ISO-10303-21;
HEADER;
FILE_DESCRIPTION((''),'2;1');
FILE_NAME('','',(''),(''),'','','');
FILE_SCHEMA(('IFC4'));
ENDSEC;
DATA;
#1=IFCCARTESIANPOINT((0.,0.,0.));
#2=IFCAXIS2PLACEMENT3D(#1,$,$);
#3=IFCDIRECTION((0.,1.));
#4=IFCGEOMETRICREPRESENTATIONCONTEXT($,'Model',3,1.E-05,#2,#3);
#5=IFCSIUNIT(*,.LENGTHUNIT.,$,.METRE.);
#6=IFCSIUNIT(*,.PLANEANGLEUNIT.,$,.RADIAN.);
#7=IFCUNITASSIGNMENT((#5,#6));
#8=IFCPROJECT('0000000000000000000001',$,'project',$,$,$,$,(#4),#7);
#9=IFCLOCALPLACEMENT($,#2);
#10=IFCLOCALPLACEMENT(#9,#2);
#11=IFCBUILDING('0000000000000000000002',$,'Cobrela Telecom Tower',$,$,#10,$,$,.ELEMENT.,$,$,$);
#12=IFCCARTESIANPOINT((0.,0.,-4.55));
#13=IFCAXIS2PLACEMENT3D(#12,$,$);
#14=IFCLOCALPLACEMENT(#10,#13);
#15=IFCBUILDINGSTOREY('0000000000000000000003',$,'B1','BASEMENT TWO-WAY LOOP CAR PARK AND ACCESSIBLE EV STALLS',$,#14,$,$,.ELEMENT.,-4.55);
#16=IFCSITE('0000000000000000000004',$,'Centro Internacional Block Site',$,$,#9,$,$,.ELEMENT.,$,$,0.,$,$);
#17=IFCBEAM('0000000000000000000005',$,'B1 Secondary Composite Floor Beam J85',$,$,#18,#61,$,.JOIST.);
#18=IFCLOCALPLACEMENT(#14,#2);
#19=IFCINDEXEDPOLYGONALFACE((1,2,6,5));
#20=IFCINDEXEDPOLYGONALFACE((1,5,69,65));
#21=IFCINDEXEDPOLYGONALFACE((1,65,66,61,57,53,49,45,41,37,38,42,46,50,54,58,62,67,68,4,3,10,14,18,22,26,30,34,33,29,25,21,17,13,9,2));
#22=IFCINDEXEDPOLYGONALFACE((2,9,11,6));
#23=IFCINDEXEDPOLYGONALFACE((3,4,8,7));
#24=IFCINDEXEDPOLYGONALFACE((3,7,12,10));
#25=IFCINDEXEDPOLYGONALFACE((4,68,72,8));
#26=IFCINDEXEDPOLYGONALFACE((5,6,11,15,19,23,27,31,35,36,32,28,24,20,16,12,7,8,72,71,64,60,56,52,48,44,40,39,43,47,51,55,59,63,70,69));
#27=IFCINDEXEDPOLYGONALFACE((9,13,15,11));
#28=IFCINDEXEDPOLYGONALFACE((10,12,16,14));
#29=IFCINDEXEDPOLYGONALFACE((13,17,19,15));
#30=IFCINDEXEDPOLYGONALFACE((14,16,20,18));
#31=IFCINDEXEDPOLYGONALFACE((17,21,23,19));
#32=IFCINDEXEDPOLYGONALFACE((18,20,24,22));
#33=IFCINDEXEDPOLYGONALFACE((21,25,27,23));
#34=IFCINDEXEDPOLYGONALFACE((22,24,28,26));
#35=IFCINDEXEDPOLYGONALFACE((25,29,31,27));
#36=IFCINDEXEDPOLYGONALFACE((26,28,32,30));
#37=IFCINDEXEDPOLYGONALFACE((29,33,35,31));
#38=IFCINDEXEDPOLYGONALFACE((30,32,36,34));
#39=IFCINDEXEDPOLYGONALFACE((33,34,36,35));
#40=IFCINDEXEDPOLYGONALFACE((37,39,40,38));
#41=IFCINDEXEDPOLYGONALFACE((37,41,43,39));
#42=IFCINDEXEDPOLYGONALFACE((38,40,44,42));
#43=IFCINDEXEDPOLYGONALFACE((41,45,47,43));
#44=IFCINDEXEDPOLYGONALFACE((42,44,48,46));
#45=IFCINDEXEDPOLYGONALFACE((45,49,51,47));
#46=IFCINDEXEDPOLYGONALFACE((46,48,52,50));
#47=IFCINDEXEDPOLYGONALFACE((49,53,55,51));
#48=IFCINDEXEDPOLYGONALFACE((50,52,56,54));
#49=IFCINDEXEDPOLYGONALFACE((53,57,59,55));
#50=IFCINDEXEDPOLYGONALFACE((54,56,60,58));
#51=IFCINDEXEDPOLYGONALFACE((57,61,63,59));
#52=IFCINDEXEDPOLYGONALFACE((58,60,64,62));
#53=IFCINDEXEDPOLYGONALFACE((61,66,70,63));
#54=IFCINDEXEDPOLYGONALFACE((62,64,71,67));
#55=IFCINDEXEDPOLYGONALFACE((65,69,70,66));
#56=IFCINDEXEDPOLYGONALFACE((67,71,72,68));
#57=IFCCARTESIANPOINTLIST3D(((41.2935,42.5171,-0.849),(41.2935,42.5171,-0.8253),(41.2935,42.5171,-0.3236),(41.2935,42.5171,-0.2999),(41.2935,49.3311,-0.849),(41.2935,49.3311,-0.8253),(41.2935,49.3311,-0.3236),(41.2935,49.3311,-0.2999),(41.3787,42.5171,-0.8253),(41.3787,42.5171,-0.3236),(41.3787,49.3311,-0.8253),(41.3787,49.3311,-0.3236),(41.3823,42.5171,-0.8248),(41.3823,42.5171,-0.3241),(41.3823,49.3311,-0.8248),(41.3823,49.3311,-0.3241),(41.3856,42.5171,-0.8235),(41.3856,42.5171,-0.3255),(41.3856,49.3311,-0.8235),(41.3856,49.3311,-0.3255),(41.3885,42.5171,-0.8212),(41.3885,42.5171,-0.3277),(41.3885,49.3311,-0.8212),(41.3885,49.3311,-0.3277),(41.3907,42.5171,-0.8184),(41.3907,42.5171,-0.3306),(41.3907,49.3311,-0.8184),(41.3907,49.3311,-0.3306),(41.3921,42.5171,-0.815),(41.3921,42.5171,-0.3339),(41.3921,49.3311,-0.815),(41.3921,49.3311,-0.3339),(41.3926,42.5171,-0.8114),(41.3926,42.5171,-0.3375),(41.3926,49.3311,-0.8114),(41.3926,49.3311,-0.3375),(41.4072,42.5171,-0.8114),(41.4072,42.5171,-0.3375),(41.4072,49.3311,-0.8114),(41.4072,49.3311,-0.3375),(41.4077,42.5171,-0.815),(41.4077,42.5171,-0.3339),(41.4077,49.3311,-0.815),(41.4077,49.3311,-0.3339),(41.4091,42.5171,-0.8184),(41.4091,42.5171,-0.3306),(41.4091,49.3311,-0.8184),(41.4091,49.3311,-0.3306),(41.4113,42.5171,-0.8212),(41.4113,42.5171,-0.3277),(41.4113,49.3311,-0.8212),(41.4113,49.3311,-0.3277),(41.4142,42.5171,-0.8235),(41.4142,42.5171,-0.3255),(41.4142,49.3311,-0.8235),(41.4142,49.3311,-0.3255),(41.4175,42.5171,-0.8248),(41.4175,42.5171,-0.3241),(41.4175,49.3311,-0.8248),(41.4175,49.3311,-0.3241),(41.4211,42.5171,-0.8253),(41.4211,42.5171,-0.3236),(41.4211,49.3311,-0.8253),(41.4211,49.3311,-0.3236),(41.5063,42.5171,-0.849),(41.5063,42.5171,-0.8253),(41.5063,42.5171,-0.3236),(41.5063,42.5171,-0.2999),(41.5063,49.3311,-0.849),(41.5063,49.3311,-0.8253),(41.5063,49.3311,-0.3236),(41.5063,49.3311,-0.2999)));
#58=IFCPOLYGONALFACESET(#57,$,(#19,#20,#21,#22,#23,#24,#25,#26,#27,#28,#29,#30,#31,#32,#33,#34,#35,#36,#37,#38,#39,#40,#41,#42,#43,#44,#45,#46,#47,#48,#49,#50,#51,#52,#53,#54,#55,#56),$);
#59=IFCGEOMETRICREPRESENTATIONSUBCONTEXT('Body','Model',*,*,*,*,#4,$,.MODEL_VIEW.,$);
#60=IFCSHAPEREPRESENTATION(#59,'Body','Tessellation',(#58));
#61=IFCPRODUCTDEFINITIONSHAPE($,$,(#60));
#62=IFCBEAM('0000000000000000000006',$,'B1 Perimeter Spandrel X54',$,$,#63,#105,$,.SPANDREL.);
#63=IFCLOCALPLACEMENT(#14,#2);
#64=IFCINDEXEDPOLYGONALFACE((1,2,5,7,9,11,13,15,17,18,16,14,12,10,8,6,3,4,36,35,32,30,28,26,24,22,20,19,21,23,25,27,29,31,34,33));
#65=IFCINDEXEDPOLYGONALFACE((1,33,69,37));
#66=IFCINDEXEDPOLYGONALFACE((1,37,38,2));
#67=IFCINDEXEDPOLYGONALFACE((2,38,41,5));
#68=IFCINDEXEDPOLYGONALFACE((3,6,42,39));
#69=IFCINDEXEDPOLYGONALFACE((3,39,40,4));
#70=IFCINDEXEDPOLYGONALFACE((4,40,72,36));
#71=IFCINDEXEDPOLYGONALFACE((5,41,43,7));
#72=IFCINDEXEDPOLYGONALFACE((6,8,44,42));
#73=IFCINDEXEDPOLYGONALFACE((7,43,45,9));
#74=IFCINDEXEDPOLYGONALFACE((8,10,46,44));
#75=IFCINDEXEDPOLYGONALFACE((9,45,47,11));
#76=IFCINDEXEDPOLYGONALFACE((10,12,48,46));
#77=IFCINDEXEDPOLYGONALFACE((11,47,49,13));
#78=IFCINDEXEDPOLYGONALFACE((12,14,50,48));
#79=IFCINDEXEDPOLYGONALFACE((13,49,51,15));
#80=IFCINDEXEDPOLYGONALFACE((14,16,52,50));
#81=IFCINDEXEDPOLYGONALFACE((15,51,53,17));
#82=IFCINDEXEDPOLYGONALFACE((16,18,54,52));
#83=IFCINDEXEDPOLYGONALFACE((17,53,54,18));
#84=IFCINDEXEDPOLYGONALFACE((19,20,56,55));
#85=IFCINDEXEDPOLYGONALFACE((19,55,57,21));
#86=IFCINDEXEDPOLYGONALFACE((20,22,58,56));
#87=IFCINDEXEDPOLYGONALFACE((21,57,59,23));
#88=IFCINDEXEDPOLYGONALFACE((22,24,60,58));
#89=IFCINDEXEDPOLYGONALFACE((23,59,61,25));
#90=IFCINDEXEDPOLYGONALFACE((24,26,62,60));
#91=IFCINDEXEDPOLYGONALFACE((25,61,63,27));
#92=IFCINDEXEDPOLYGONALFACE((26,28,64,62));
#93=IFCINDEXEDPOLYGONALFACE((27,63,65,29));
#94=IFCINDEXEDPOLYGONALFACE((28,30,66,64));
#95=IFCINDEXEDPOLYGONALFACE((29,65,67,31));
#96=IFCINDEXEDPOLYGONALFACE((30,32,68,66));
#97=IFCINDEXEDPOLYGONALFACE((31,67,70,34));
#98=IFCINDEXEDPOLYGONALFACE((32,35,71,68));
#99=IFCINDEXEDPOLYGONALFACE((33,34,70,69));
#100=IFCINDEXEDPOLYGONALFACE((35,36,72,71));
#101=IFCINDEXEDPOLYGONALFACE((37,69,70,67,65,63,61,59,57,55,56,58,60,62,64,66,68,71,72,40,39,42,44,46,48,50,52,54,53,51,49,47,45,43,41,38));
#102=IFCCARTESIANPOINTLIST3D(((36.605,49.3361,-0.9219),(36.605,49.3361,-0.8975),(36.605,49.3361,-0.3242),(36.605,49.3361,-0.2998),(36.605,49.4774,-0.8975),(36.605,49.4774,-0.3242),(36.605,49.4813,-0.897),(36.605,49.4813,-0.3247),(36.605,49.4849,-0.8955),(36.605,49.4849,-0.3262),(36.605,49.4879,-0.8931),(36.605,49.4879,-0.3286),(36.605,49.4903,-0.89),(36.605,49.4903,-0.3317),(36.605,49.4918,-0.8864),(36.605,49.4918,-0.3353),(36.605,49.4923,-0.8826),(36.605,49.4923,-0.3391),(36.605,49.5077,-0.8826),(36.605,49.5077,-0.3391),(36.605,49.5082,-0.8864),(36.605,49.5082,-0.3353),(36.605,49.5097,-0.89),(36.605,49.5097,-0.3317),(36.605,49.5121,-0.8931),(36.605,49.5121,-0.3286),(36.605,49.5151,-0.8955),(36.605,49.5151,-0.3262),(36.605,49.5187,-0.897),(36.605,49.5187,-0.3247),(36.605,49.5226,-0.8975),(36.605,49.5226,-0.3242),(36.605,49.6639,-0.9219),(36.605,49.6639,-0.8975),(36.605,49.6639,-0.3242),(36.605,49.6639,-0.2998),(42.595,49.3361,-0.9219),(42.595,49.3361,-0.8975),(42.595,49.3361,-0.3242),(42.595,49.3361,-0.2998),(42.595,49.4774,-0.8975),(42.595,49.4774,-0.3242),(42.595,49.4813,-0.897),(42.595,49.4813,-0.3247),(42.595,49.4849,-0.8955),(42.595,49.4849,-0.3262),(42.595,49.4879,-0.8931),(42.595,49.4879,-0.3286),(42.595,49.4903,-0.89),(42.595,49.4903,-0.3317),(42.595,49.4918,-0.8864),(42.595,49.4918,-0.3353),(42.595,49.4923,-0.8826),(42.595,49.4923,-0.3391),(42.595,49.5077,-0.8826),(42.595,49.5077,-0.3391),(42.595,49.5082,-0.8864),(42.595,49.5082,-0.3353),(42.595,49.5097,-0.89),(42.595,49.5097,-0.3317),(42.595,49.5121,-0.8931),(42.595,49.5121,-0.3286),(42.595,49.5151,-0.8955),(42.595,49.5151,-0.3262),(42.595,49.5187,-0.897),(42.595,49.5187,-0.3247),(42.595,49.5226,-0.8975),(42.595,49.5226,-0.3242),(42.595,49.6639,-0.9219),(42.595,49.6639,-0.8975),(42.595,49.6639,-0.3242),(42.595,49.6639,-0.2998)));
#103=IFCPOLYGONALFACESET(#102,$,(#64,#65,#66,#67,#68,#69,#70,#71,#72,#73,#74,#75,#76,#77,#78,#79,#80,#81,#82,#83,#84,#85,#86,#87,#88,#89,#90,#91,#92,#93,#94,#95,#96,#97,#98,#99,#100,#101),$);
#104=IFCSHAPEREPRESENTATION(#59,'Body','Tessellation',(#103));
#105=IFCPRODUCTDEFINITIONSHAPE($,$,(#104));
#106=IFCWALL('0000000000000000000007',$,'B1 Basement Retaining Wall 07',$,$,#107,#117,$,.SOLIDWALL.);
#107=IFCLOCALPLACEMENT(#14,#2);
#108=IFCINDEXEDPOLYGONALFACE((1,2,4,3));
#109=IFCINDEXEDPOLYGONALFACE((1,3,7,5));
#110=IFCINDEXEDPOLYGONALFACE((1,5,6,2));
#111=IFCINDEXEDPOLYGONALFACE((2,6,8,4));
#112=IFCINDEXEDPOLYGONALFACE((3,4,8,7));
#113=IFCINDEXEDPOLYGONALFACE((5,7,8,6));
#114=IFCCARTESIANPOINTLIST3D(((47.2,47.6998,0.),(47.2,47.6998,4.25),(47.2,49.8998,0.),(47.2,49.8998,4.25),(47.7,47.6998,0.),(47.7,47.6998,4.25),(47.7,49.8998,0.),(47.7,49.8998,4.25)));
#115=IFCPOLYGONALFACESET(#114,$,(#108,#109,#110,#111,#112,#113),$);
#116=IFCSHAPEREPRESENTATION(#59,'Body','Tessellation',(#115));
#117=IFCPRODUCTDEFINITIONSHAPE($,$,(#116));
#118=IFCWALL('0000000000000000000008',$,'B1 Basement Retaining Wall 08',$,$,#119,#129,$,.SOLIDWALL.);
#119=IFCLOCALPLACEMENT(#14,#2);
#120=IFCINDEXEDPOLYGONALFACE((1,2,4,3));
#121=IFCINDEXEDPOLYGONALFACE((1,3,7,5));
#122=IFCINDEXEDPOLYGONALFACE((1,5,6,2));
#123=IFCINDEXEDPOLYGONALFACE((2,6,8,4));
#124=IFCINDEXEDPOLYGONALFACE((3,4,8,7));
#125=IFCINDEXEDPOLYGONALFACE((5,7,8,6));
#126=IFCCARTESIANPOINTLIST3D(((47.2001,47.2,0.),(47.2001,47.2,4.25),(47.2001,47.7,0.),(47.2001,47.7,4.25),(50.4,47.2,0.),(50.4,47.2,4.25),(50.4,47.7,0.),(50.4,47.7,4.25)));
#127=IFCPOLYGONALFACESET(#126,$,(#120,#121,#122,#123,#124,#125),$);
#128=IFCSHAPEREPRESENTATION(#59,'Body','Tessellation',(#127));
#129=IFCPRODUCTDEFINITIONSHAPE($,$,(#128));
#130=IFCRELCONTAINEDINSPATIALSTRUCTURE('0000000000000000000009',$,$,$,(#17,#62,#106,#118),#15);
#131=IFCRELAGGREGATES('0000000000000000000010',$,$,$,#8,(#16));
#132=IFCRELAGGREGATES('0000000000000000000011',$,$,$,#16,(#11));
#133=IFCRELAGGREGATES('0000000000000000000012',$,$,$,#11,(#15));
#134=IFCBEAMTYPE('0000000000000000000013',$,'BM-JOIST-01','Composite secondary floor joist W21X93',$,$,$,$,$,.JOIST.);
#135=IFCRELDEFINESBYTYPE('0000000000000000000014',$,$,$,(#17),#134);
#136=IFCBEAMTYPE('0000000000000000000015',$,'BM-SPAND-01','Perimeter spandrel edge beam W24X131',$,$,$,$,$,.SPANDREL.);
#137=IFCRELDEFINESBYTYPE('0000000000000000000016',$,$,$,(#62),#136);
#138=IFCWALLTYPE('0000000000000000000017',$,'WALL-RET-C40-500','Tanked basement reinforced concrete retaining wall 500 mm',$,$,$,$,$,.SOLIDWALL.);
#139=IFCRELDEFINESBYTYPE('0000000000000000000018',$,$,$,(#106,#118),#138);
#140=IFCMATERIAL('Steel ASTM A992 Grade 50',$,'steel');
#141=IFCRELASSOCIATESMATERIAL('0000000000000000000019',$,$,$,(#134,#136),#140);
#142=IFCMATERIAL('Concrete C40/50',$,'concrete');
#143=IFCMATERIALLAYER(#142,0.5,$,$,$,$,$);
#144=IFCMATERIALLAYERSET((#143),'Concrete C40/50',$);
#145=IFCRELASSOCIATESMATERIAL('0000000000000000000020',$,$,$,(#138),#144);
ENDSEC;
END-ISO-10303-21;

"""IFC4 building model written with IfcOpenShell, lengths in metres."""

from ifc_helpers import new_model, si_unit, direction, frame, frame_2d, origin, origin_2d, place, context, subcontext, project, spatial, rectangle, i_section, extrude, material, layer, layer_set, material_profile, profile_set, type_object, element, save


model = new_model("IFC4")

# Units and contexts
model_context = context("Model", 3, precision=1e-05, world=origin(), true_north=direction((0.0, 1.0)))
body_context = subcontext(model_context, "Body", "Model", "MODEL_VIEW")
ifc_project = project(units=[si_unit("LENGTHUNIT", "METRE"), si_unit("PLANEANGLEUNIT", "RADIAN")], contexts=[model_context])

# Site, building, storey
site_placement = place(None, origin())
site = spatial("IfcSite", under=ifc_project, at=site_placement, Name="Centro Internacional Block Site", CompositionType="ELEMENT", RefElevation=0.0)
building_placement = place(site_placement, origin())
building = spatial("IfcBuilding", under=site, at=building_placement, Name="Cobrela Telecom Tower", CompositionType="ELEMENT")
storey_placement = place(building_placement, frame((0.0, 0.0, -4.55)))
storey = spatial("IfcBuildingStorey", under=building, at=storey_placement, Name="B1", Description="BASEMENT TWO-WAY LOOP CAR PARK AND ACCESSIBLE EV STALLS", CompositionType="ELEMENT", Elevation=-4.55)

# Beams
ifc_material_1 = material(Name="Steel ASTM A992 Grade 50", Category="steel")
ifc_material_profile_1 = material_profile(ifc_material_1, i_section(OverallWidth=0.2129, OverallDepth=0.5491, WebThickness=0.0146, FlangeThickness=0.0237, FilletRadius=0.0139, at=origin_2d()), Name="W21X93")
ifc_profile_set_1 = profile_set([ifc_material_profile_1], Name="Steel ASTM A992 Grade 50")
beam_type_1 = type_object("IfcBeamType", Name="BM-JOIST-01", Description="Composite secondary floor joist W21X93", PredefinedType="JOIST", material=ifc_profile_set_1)
beam_1_placement = place(storey_placement, frame((41.3999, 42.5171, -0.5745), z_axis=(0.0, 1.0, 0.0), x_axis=(-1.0, 0.0, 0.0)))
element("IfcBeam", 1, at=beam_1_placement, inside=storey, type_object=beam_type_1, Name="B1 Secondary Composite Floor Beam J85", PredefinedType="JOIST", context=body_context, shape_type="SweptSolid", body=[
    extrude(i_section(OverallWidth=0.2129, OverallDepth=0.5491, WebThickness=0.0146, FlangeThickness=0.0237, FilletRadius=0.0139, at=origin_2d()), origin(), (0.0, 0.0, 1.0), 6.814),
])
ifc_material_profile_2 = material_profile(ifc_material_1, i_section(OverallWidth=0.3279, OverallDepth=0.6221, WebThickness=0.0154, FlangeThickness=0.0244, FilletRadius=0.0149, at=origin_2d()), Name="W24X131")
ifc_profile_set_2 = profile_set([ifc_material_profile_2], Name="Steel ASTM A992 Grade 50")
beam_type_2 = type_object("IfcBeamType", Name="BM-SPAND-01", Description="Perimeter spandrel edge beam W24X131", PredefinedType="SPANDREL", material=ifc_profile_set_2)
beam_2_placement = place(storey_placement, frame((36.605, 49.5, -0.6108), z_axis=(1.0, 0.0, 0.0), x_axis=(0.0, 1.0, 0.0)))
element("IfcBeam", 2, at=beam_2_placement, inside=storey, type_object=beam_type_2, Name="B1 Perimeter Spandrel X54", PredefinedType="SPANDREL", context=body_context, shape_type="SweptSolid", body=[
    extrude(i_section(OverallWidth=0.3279, OverallDepth=0.6221, WebThickness=0.0154, FlangeThickness=0.0244, FilletRadius=0.0149, at=origin_2d()), origin(), (0.0, 0.0, 1.0), 5.99),
])

# Walls
ifc_material_2 = material(Name="Concrete C40/50", Category="concrete")
ifc_layer = layer(ifc_material_2, 0.5)
ifc_layer_set = layer_set([ifc_layer], Name="Concrete C40/50")
wall_type = type_object("IfcWallType", Name="WALL-RET-C40-500", Description="Tanked basement reinforced concrete retaining wall 500 mm", PredefinedType="SOLIDWALL", material=ifc_layer_set)
wall_1_placement = place(storey_placement, frame((47.45, 49.8999, 0.0), z_axis=(0.0, 0.0, 1.0), x_axis=(0.0, -1.0, 0.0)))
element("IfcWall", 3, at=wall_1_placement, inside=storey, type_object=wall_type, Name="B1 Basement Retaining Wall 07", PredefinedType="SOLIDWALL", context=body_context, shape_type="SweptSolid", body=[
    extrude(rectangle(XDim=2.2, YDim=0.5, at=frame_2d((1.1001, 0.0))), origin(), (0.0, 0.0, 1.0), 4.25),
])
wall_2_placement = place(storey_placement, frame((47.2, 47.45, 0.0), z_axis=(0.0, 0.0, 1.0), x_axis=(1.0, 0.0, 0.0)))
element("IfcWall", 4, at=wall_2_placement, inside=storey, type_object=wall_type, Name="B1 Basement Retaining Wall 08", PredefinedType="SOLIDWALL", context=body_context, shape_type="SweptSolid", body=[
    extrude(rectangle(XDim=3.2, YDim=0.5, at=frame_2d((1.6001, 0.0))), origin(), (0.0, 0.0, 1.0), 4.25),
])

save(model, "model.ifc")
